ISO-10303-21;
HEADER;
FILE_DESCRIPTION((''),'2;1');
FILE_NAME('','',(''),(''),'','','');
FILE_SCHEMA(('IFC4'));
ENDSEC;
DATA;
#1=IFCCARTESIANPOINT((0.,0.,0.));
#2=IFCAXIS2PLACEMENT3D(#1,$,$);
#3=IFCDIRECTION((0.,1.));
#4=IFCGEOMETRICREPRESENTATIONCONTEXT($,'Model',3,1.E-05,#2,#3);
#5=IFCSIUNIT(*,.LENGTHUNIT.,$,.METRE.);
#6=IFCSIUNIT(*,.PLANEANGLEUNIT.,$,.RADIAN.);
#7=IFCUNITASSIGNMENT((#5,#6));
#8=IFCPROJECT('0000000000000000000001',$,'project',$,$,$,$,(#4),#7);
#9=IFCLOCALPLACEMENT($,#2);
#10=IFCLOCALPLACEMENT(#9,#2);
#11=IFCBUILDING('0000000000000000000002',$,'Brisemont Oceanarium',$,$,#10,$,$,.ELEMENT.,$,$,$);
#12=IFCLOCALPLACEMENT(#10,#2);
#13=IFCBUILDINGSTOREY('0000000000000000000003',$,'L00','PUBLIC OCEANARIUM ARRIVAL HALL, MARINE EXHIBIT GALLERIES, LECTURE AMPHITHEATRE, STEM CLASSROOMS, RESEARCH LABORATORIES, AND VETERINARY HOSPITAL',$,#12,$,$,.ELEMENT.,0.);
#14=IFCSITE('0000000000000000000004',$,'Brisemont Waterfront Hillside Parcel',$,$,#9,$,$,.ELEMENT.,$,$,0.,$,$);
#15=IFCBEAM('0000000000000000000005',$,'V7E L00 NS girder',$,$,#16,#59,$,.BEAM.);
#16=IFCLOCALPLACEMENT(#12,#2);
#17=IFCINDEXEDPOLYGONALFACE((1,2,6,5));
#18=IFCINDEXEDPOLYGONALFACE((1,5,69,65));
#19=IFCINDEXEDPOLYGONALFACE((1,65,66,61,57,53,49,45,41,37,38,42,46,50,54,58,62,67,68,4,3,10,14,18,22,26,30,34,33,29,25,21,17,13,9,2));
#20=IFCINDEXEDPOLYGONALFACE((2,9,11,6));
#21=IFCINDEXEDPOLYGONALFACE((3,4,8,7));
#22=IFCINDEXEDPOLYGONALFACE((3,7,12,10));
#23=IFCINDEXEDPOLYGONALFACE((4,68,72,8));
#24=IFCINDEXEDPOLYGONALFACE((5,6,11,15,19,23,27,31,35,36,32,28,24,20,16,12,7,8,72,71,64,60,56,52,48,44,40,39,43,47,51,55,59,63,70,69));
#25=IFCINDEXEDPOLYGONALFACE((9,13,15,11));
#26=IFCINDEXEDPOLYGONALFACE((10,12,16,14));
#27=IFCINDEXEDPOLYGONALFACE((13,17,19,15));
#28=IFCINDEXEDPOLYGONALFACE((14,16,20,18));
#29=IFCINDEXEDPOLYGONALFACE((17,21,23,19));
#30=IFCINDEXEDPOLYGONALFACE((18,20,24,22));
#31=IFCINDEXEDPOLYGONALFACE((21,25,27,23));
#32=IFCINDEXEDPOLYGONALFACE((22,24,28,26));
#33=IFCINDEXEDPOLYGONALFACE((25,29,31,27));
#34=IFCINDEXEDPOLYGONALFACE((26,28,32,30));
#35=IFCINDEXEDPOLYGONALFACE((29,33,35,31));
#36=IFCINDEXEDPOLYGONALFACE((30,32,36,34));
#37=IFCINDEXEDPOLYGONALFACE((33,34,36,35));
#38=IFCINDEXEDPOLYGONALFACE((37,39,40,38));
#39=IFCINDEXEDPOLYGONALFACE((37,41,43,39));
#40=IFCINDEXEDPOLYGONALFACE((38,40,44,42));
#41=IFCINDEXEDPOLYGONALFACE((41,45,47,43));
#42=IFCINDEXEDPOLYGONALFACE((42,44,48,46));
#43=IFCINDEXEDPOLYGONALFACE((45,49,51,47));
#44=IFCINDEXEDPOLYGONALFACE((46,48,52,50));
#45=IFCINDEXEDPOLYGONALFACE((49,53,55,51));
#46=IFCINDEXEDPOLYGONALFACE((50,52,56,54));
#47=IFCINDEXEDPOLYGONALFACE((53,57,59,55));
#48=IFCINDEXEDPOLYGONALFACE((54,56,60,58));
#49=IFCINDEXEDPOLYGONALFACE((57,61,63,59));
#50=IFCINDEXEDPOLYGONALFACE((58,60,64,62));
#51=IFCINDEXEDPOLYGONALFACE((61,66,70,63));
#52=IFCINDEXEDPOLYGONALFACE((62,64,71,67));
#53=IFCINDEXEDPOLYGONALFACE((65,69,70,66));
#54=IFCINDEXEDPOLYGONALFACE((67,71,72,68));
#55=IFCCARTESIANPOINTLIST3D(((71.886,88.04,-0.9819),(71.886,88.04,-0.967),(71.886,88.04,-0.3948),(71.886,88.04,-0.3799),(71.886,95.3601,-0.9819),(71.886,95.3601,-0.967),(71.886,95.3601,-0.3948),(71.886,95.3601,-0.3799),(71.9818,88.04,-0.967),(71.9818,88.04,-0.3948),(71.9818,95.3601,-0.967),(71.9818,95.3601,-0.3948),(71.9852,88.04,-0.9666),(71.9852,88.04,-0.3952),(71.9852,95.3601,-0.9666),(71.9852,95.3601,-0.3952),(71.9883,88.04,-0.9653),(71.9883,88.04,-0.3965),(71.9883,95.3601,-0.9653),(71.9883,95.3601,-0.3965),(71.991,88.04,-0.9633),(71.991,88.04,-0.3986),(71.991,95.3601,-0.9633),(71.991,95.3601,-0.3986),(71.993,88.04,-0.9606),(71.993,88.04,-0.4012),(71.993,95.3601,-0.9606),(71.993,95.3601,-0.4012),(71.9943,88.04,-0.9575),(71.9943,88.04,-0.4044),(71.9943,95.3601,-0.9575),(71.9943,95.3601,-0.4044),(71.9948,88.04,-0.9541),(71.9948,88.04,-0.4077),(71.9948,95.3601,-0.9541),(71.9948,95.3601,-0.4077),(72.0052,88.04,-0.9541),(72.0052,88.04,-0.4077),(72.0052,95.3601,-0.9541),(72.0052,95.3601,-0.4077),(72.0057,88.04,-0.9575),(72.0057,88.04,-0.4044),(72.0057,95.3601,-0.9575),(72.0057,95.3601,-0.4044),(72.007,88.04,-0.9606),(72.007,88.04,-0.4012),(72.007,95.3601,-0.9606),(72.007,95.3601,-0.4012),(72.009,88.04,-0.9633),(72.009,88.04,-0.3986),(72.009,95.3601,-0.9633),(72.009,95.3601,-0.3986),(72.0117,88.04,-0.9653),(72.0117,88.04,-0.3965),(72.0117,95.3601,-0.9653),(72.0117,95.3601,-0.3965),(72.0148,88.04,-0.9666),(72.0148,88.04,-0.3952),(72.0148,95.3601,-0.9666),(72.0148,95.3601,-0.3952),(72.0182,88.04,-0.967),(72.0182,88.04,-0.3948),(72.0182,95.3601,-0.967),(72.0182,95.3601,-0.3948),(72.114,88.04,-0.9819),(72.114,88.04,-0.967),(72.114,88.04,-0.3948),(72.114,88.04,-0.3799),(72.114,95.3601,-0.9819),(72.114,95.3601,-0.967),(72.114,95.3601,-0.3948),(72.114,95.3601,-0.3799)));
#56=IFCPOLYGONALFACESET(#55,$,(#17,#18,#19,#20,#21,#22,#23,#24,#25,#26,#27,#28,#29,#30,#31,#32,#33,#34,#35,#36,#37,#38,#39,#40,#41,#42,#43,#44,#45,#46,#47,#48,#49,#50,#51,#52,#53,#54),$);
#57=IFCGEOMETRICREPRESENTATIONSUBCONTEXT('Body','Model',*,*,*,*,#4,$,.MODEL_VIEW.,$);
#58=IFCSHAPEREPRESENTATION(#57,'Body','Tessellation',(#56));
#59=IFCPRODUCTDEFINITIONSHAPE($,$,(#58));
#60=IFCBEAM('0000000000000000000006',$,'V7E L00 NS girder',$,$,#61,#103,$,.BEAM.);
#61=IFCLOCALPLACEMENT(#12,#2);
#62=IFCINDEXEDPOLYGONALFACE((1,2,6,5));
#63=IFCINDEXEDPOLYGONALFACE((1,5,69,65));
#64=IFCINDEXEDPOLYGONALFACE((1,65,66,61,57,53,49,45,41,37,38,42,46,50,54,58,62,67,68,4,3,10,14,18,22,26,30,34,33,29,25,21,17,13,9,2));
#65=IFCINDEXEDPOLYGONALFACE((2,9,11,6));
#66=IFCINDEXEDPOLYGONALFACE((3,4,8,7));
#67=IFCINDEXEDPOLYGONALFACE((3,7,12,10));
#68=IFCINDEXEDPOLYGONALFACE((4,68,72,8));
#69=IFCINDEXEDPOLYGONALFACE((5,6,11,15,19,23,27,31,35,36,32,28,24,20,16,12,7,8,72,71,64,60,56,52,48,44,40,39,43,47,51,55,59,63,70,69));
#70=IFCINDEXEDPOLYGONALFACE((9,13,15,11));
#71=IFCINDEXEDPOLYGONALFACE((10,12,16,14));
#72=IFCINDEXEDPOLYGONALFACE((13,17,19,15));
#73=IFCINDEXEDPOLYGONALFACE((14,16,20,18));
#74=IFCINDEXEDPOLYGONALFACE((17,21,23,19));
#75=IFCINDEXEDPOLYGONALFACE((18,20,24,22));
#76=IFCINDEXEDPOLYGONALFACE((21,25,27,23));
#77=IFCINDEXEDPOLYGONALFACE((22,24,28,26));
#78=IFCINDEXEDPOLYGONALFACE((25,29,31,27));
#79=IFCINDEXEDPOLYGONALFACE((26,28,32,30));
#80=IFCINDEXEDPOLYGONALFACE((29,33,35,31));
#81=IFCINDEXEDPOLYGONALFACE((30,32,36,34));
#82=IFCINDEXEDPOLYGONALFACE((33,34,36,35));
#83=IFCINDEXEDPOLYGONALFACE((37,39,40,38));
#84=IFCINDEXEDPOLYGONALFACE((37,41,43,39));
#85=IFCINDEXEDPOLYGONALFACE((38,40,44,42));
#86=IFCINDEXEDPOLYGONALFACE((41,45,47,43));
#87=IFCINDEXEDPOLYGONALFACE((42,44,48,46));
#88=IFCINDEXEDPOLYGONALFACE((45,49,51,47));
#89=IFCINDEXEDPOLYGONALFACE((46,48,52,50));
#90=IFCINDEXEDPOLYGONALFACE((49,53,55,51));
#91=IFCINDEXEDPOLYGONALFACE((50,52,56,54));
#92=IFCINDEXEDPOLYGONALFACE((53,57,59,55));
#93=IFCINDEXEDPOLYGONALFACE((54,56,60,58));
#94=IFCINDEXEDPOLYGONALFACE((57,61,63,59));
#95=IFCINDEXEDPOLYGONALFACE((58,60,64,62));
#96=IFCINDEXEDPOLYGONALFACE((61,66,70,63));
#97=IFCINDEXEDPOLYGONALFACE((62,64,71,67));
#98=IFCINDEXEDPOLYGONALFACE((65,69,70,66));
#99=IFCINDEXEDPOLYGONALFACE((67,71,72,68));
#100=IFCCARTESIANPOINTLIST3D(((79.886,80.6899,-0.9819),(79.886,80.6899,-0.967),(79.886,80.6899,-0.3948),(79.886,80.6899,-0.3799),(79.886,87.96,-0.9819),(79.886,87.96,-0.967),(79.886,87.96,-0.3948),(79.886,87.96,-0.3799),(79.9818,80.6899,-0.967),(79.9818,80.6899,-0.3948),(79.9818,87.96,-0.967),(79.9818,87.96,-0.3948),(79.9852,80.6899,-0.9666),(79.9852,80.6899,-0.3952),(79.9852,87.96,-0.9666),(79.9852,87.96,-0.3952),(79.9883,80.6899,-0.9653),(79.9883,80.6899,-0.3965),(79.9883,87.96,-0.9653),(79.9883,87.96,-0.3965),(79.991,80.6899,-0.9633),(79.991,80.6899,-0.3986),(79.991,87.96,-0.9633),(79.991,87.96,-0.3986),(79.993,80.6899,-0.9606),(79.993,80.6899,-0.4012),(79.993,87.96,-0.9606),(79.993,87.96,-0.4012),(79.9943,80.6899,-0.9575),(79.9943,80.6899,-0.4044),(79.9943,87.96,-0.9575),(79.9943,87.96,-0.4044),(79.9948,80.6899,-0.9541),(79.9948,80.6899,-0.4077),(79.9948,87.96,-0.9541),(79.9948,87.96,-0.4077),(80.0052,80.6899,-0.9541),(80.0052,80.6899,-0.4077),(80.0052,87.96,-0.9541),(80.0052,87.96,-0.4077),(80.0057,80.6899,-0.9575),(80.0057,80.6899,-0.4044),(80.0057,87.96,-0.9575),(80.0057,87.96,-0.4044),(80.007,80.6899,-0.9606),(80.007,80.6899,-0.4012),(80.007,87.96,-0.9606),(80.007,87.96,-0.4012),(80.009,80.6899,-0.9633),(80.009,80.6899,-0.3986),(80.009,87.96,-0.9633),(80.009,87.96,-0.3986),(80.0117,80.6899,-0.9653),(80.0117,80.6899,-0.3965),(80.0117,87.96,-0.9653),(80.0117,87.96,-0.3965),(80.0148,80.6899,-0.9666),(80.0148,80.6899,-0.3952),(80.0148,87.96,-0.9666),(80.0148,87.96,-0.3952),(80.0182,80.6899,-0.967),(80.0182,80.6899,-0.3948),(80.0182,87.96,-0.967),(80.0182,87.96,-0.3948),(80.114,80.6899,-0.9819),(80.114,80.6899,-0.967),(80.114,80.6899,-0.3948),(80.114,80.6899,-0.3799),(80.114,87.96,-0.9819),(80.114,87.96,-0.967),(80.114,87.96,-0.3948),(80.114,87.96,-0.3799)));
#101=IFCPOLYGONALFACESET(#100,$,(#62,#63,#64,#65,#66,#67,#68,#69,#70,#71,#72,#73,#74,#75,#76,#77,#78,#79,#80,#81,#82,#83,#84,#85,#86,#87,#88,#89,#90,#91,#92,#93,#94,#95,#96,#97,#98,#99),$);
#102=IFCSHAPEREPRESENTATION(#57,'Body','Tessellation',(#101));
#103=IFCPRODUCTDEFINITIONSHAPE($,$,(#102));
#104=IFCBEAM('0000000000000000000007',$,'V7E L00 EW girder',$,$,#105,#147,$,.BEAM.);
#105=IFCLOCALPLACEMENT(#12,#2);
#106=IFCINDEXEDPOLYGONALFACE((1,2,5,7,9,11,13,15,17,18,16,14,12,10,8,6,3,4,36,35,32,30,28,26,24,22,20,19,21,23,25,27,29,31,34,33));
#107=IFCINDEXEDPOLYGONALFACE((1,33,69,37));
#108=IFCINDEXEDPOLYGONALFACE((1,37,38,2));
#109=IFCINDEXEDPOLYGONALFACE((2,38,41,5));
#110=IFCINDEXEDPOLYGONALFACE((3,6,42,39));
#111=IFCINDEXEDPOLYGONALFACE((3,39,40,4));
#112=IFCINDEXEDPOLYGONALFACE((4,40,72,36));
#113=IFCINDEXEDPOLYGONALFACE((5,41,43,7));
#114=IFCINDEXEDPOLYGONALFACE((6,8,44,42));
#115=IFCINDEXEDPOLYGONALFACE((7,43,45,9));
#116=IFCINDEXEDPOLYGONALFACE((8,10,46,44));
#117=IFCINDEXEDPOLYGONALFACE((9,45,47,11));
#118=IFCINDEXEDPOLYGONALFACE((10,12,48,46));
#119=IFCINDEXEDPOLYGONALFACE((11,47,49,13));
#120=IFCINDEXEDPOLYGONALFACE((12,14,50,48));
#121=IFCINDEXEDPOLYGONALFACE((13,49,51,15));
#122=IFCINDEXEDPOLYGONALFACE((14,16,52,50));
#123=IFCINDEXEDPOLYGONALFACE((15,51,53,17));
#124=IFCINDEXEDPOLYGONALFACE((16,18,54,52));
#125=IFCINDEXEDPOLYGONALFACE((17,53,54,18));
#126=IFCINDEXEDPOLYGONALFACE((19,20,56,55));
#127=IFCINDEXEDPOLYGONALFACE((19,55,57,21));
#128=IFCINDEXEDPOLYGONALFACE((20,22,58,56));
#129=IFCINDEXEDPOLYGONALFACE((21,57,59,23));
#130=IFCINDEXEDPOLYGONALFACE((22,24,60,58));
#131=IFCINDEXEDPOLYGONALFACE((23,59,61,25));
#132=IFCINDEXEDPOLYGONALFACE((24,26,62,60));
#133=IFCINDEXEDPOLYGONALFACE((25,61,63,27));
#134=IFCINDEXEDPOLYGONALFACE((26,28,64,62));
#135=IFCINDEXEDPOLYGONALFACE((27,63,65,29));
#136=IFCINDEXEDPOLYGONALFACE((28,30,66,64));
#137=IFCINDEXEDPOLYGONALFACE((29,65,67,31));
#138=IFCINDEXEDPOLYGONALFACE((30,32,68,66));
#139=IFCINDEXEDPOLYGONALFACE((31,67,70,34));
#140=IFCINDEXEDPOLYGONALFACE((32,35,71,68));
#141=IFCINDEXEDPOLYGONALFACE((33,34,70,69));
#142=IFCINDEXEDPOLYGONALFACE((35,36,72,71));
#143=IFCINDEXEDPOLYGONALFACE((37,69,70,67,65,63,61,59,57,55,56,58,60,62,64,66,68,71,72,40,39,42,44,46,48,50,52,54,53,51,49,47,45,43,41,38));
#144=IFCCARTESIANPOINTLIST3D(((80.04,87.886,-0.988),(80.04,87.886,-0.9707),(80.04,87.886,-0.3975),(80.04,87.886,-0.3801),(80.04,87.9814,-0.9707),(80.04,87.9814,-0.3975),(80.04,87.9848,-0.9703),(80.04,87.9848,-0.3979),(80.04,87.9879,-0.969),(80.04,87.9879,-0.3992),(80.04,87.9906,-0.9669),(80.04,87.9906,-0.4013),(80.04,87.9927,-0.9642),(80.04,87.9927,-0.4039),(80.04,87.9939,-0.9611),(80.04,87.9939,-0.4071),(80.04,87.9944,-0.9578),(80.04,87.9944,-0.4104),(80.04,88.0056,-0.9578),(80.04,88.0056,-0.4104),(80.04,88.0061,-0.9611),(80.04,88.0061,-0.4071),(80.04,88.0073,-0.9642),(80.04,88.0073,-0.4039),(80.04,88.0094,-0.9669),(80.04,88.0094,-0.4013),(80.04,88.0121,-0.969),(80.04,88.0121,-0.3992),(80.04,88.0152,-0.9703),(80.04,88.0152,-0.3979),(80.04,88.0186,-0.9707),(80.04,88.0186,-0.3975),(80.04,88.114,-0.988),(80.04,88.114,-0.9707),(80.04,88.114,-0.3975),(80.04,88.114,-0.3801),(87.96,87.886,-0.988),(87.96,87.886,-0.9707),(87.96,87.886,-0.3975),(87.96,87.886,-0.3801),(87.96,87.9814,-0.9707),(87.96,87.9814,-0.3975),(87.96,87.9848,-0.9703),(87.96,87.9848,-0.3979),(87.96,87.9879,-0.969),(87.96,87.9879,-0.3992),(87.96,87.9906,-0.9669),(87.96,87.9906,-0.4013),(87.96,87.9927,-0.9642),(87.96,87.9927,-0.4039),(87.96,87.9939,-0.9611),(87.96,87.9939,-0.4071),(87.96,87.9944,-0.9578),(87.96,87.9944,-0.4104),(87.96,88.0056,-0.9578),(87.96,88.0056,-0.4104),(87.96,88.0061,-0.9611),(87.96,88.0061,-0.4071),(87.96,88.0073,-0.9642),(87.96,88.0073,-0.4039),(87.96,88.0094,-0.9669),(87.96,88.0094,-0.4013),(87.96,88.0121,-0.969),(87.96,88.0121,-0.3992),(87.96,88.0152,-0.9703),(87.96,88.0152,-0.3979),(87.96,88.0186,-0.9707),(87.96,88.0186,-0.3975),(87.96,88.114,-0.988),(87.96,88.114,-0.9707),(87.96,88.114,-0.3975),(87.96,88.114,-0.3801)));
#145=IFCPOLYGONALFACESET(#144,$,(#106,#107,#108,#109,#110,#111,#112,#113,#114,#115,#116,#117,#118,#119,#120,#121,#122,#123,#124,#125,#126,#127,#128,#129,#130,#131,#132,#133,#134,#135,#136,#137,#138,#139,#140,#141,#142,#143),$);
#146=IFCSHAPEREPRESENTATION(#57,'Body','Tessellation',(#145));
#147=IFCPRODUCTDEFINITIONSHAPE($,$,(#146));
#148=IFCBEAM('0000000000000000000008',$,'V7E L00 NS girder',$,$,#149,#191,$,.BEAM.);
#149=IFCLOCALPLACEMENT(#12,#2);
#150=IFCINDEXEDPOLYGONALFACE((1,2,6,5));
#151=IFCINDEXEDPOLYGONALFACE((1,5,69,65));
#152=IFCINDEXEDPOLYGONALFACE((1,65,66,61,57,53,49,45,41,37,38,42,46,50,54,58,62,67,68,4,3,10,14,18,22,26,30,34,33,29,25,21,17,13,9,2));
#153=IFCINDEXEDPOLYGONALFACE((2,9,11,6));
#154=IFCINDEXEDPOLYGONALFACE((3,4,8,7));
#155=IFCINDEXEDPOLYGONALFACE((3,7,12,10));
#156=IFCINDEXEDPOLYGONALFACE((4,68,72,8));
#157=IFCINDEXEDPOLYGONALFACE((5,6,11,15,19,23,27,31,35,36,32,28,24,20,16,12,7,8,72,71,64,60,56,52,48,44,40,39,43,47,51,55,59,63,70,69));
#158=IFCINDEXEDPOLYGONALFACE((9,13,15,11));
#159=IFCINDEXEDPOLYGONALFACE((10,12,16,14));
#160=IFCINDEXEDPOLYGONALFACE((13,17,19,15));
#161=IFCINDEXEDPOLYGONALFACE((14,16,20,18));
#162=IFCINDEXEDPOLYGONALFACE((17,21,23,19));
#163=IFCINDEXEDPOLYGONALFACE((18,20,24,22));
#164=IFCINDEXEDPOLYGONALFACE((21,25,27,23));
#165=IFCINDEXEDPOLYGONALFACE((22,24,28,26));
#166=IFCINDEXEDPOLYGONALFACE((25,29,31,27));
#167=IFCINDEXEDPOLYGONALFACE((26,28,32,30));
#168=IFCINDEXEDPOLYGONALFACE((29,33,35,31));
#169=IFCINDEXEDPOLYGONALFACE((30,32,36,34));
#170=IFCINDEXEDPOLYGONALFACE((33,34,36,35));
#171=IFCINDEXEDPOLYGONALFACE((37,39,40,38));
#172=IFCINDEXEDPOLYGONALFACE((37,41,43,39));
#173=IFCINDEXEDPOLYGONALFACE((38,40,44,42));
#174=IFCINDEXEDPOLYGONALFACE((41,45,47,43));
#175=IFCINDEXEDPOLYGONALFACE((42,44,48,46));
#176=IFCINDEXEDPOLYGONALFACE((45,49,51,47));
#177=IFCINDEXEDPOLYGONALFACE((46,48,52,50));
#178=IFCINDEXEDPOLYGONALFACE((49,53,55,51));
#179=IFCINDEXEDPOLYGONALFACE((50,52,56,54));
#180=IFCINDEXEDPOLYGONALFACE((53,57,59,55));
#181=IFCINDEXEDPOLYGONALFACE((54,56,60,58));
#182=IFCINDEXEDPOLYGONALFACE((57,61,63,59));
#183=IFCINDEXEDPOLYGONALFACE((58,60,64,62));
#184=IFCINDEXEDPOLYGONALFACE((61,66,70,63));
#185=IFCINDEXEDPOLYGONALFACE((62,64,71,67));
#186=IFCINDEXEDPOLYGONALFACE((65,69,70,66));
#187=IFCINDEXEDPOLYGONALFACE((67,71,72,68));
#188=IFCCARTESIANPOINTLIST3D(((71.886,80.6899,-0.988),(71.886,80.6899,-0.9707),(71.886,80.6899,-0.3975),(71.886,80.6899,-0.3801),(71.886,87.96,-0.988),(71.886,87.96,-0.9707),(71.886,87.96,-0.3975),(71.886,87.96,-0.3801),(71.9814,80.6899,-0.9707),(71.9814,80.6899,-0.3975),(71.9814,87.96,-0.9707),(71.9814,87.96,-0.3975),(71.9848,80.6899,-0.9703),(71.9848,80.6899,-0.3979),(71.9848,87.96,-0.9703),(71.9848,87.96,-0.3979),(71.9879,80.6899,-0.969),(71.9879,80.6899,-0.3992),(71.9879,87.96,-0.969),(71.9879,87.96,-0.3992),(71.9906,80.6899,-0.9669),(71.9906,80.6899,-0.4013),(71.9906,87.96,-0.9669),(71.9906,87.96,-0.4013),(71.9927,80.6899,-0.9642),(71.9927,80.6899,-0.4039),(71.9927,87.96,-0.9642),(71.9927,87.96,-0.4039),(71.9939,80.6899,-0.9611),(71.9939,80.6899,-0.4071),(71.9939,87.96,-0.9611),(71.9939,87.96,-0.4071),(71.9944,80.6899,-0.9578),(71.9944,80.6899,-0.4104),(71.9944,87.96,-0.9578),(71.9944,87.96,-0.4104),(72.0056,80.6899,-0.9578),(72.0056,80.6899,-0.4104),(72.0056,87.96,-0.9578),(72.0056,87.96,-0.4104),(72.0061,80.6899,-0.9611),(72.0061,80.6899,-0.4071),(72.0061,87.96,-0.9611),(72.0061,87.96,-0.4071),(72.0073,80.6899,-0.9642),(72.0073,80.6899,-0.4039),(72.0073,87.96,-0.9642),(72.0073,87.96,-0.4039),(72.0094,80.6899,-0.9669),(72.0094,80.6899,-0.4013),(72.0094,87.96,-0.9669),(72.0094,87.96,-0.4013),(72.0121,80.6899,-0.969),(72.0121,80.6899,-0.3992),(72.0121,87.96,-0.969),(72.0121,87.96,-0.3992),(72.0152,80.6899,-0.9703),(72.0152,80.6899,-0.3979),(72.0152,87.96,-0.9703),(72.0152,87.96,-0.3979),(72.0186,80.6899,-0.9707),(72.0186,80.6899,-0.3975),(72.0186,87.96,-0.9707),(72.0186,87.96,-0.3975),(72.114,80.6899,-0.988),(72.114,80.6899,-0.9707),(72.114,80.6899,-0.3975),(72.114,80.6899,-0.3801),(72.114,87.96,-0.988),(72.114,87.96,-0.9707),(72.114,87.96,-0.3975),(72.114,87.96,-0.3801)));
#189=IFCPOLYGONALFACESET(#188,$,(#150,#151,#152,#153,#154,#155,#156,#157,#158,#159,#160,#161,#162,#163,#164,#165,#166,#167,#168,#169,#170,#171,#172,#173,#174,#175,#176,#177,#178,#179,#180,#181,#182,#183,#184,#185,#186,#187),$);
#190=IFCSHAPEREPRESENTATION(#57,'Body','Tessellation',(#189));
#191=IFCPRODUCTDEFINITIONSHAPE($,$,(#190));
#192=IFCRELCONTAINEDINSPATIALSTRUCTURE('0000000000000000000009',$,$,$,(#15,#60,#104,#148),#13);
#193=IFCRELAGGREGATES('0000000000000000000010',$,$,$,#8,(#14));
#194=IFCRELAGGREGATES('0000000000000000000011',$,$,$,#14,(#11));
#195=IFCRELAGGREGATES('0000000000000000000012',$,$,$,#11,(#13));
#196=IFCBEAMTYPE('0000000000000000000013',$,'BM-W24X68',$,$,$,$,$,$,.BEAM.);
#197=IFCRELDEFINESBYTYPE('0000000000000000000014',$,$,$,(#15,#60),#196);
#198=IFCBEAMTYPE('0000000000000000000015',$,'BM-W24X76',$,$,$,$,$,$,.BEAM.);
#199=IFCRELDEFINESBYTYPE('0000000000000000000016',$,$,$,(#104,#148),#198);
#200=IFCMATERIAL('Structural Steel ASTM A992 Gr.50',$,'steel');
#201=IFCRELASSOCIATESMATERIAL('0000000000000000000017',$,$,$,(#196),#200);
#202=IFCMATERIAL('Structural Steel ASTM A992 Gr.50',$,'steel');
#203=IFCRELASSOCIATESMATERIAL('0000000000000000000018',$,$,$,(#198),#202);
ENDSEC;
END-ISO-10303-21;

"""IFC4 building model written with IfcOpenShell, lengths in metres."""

from ifc_helpers import new_model, si_unit, direction, frame, origin, origin_2d, place, context, subcontext, project, spatial, i_section, extrude, material, material_profile, profile_set, type_object, element, save


model = new_model("IFC4")

# Units and contexts
model_context = context("Model", 3, precision=1e-05, world=origin(), true_north=direction((0.0, 1.0)))
body_context = subcontext(model_context, "Body", "Model", "MODEL_VIEW")
ifc_project = project(units=[si_unit("LENGTHUNIT", "METRE"), si_unit("PLANEANGLEUNIT", "RADIAN")], contexts=[model_context])

# Site, building, storey
site_placement = place(None, origin())
site = spatial("IfcSite", under=ifc_project, at=site_placement, Name="Brisemont Waterfront Hillside Parcel", CompositionType="ELEMENT", RefElevation=0.0)
building_placement = place(site_placement, origin())
building = spatial("IfcBuilding", under=site, at=building_placement, Name="Brisemont Oceanarium", CompositionType="ELEMENT")
storey_placement = place(building_placement, origin())
storey = spatial("IfcBuildingStorey", under=building, at=storey_placement, Name="L00", Description="PUBLIC OCEANARIUM ARRIVAL HALL, MARINE EXHIBIT GALLERIES, LECTURE AMPHITHEATRE, STEM CLASSROOMS, RESEARCH LABORATORIES, AND VETERINARY HOSPITAL", CompositionType="ELEMENT", Elevation=0.0)

# Beams
ifc_material_1 = material(Name="Structural Steel ASTM A992 Gr.50", Category="steel")
ifc_material_profile_1 = material_profile(ifc_material_1, i_section(OverallWidth=0.228, OverallDepth=0.6021, WebThickness=0.0105, FlangeThickness=0.0149, FilletRadius=0.0129, at=origin_2d()), Name="W24X68")
ifc_profile_set_1 = profile_set([ifc_material_profile_1], Name="Structural Steel ASTM A992 Gr.50")
beam_type_1 = type_object("IfcBeamType", Name="BM-W24X68", PredefinedType="BEAM", material=ifc_profile_set_1)
beam_1_placement = place(storey_placement, frame((72.0, 88.04, -0.6809), z_axis=(0.0, 1.0, 0.0), x_axis=(-1.0, 0.0, 0.0)))
element("IfcBeam", 1, at=beam_1_placement, inside=storey, type_object=beam_type_1, Name="V7E L00 NS girder", PredefinedType="BEAM", context=body_context, shape_type="SweptSolid", body=[
    extrude(i_section(OverallWidth=0.228, OverallDepth=0.6021, WebThickness=0.0105, FlangeThickness=0.0149, FilletRadius=0.0129, at=origin_2d()), origin(), (0.0, 0.0, 1.0), 7.3201),
])
beam_2_placement = place(storey_placement, frame((80.0, 80.6899, -0.6809), z_axis=(0.0, 1.0, 0.0), x_axis=(-1.0, 0.0, 0.0)))
element("IfcBeam", 2, at=beam_2_placement, inside=storey, type_object=beam_type_1, Name="V7E L00 NS girder", PredefinedType="BEAM", context=body_context, shape_type="SweptSolid", body=[
    extrude(i_section(OverallWidth=0.228, OverallDepth=0.6021, WebThickness=0.0105, FlangeThickness=0.0149, FilletRadius=0.0129, at=origin_2d()), origin(), (0.0, 0.0, 1.0), 7.27),
])
ifc_material_2 = material(Name="Structural Steel ASTM A992 Gr.50", Category="steel")
ifc_material_profile_2 = material_profile(ifc_material_2, i_section(OverallWidth=0.228, OverallDepth=0.6079, WebThickness=0.0112, FlangeThickness=0.0173, FilletRadius=0.0129, at=origin_2d()), Name="W24X76")
ifc_profile_set_2 = profile_set([ifc_material_profile_2], Name="Structural Steel ASTM A992 Gr.50")
beam_type_2 = type_object("IfcBeamType", Name="BM-W24X76", PredefinedType="BEAM", material=ifc_profile_set_2)
beam_3_placement = place(storey_placement, frame((80.04, 88.0, -0.6841), z_axis=(1.0, 0.0, 0.0), x_axis=(0.0, 1.0, 0.0)))
element("IfcBeam", 3, at=beam_3_placement, inside=storey, type_object=beam_type_2, Name="V7E L00 EW girder", PredefinedType="BEAM", context=body_context, shape_type="SweptSolid", body=[
    extrude(i_section(OverallWidth=0.228, OverallDepth=0.6079, WebThickness=0.0112, FlangeThickness=0.0173, FilletRadius=0.0129, at=origin_2d()), origin(), (0.0, 0.0, 1.0), 7.9199),
])
beam_4_placement = place(storey_placement, frame((72.0, 80.6899, -0.6841), z_axis=(0.0, 1.0, 0.0), x_axis=(-1.0, 0.0, 0.0)))
element("IfcBeam", 4, at=beam_4_placement, inside=storey, type_object=beam_type_2, Name="V7E L00 NS girder", PredefinedType="BEAM", context=body_context, shape_type="SweptSolid", body=[
    extrude(i_section(OverallWidth=0.228, OverallDepth=0.6079, WebThickness=0.0112, FlangeThickness=0.0173, FilletRadius=0.0129, at=origin_2d()), origin(), (0.0, 0.0, 1.0), 7.27),
])

save(model, "model.ifc")
